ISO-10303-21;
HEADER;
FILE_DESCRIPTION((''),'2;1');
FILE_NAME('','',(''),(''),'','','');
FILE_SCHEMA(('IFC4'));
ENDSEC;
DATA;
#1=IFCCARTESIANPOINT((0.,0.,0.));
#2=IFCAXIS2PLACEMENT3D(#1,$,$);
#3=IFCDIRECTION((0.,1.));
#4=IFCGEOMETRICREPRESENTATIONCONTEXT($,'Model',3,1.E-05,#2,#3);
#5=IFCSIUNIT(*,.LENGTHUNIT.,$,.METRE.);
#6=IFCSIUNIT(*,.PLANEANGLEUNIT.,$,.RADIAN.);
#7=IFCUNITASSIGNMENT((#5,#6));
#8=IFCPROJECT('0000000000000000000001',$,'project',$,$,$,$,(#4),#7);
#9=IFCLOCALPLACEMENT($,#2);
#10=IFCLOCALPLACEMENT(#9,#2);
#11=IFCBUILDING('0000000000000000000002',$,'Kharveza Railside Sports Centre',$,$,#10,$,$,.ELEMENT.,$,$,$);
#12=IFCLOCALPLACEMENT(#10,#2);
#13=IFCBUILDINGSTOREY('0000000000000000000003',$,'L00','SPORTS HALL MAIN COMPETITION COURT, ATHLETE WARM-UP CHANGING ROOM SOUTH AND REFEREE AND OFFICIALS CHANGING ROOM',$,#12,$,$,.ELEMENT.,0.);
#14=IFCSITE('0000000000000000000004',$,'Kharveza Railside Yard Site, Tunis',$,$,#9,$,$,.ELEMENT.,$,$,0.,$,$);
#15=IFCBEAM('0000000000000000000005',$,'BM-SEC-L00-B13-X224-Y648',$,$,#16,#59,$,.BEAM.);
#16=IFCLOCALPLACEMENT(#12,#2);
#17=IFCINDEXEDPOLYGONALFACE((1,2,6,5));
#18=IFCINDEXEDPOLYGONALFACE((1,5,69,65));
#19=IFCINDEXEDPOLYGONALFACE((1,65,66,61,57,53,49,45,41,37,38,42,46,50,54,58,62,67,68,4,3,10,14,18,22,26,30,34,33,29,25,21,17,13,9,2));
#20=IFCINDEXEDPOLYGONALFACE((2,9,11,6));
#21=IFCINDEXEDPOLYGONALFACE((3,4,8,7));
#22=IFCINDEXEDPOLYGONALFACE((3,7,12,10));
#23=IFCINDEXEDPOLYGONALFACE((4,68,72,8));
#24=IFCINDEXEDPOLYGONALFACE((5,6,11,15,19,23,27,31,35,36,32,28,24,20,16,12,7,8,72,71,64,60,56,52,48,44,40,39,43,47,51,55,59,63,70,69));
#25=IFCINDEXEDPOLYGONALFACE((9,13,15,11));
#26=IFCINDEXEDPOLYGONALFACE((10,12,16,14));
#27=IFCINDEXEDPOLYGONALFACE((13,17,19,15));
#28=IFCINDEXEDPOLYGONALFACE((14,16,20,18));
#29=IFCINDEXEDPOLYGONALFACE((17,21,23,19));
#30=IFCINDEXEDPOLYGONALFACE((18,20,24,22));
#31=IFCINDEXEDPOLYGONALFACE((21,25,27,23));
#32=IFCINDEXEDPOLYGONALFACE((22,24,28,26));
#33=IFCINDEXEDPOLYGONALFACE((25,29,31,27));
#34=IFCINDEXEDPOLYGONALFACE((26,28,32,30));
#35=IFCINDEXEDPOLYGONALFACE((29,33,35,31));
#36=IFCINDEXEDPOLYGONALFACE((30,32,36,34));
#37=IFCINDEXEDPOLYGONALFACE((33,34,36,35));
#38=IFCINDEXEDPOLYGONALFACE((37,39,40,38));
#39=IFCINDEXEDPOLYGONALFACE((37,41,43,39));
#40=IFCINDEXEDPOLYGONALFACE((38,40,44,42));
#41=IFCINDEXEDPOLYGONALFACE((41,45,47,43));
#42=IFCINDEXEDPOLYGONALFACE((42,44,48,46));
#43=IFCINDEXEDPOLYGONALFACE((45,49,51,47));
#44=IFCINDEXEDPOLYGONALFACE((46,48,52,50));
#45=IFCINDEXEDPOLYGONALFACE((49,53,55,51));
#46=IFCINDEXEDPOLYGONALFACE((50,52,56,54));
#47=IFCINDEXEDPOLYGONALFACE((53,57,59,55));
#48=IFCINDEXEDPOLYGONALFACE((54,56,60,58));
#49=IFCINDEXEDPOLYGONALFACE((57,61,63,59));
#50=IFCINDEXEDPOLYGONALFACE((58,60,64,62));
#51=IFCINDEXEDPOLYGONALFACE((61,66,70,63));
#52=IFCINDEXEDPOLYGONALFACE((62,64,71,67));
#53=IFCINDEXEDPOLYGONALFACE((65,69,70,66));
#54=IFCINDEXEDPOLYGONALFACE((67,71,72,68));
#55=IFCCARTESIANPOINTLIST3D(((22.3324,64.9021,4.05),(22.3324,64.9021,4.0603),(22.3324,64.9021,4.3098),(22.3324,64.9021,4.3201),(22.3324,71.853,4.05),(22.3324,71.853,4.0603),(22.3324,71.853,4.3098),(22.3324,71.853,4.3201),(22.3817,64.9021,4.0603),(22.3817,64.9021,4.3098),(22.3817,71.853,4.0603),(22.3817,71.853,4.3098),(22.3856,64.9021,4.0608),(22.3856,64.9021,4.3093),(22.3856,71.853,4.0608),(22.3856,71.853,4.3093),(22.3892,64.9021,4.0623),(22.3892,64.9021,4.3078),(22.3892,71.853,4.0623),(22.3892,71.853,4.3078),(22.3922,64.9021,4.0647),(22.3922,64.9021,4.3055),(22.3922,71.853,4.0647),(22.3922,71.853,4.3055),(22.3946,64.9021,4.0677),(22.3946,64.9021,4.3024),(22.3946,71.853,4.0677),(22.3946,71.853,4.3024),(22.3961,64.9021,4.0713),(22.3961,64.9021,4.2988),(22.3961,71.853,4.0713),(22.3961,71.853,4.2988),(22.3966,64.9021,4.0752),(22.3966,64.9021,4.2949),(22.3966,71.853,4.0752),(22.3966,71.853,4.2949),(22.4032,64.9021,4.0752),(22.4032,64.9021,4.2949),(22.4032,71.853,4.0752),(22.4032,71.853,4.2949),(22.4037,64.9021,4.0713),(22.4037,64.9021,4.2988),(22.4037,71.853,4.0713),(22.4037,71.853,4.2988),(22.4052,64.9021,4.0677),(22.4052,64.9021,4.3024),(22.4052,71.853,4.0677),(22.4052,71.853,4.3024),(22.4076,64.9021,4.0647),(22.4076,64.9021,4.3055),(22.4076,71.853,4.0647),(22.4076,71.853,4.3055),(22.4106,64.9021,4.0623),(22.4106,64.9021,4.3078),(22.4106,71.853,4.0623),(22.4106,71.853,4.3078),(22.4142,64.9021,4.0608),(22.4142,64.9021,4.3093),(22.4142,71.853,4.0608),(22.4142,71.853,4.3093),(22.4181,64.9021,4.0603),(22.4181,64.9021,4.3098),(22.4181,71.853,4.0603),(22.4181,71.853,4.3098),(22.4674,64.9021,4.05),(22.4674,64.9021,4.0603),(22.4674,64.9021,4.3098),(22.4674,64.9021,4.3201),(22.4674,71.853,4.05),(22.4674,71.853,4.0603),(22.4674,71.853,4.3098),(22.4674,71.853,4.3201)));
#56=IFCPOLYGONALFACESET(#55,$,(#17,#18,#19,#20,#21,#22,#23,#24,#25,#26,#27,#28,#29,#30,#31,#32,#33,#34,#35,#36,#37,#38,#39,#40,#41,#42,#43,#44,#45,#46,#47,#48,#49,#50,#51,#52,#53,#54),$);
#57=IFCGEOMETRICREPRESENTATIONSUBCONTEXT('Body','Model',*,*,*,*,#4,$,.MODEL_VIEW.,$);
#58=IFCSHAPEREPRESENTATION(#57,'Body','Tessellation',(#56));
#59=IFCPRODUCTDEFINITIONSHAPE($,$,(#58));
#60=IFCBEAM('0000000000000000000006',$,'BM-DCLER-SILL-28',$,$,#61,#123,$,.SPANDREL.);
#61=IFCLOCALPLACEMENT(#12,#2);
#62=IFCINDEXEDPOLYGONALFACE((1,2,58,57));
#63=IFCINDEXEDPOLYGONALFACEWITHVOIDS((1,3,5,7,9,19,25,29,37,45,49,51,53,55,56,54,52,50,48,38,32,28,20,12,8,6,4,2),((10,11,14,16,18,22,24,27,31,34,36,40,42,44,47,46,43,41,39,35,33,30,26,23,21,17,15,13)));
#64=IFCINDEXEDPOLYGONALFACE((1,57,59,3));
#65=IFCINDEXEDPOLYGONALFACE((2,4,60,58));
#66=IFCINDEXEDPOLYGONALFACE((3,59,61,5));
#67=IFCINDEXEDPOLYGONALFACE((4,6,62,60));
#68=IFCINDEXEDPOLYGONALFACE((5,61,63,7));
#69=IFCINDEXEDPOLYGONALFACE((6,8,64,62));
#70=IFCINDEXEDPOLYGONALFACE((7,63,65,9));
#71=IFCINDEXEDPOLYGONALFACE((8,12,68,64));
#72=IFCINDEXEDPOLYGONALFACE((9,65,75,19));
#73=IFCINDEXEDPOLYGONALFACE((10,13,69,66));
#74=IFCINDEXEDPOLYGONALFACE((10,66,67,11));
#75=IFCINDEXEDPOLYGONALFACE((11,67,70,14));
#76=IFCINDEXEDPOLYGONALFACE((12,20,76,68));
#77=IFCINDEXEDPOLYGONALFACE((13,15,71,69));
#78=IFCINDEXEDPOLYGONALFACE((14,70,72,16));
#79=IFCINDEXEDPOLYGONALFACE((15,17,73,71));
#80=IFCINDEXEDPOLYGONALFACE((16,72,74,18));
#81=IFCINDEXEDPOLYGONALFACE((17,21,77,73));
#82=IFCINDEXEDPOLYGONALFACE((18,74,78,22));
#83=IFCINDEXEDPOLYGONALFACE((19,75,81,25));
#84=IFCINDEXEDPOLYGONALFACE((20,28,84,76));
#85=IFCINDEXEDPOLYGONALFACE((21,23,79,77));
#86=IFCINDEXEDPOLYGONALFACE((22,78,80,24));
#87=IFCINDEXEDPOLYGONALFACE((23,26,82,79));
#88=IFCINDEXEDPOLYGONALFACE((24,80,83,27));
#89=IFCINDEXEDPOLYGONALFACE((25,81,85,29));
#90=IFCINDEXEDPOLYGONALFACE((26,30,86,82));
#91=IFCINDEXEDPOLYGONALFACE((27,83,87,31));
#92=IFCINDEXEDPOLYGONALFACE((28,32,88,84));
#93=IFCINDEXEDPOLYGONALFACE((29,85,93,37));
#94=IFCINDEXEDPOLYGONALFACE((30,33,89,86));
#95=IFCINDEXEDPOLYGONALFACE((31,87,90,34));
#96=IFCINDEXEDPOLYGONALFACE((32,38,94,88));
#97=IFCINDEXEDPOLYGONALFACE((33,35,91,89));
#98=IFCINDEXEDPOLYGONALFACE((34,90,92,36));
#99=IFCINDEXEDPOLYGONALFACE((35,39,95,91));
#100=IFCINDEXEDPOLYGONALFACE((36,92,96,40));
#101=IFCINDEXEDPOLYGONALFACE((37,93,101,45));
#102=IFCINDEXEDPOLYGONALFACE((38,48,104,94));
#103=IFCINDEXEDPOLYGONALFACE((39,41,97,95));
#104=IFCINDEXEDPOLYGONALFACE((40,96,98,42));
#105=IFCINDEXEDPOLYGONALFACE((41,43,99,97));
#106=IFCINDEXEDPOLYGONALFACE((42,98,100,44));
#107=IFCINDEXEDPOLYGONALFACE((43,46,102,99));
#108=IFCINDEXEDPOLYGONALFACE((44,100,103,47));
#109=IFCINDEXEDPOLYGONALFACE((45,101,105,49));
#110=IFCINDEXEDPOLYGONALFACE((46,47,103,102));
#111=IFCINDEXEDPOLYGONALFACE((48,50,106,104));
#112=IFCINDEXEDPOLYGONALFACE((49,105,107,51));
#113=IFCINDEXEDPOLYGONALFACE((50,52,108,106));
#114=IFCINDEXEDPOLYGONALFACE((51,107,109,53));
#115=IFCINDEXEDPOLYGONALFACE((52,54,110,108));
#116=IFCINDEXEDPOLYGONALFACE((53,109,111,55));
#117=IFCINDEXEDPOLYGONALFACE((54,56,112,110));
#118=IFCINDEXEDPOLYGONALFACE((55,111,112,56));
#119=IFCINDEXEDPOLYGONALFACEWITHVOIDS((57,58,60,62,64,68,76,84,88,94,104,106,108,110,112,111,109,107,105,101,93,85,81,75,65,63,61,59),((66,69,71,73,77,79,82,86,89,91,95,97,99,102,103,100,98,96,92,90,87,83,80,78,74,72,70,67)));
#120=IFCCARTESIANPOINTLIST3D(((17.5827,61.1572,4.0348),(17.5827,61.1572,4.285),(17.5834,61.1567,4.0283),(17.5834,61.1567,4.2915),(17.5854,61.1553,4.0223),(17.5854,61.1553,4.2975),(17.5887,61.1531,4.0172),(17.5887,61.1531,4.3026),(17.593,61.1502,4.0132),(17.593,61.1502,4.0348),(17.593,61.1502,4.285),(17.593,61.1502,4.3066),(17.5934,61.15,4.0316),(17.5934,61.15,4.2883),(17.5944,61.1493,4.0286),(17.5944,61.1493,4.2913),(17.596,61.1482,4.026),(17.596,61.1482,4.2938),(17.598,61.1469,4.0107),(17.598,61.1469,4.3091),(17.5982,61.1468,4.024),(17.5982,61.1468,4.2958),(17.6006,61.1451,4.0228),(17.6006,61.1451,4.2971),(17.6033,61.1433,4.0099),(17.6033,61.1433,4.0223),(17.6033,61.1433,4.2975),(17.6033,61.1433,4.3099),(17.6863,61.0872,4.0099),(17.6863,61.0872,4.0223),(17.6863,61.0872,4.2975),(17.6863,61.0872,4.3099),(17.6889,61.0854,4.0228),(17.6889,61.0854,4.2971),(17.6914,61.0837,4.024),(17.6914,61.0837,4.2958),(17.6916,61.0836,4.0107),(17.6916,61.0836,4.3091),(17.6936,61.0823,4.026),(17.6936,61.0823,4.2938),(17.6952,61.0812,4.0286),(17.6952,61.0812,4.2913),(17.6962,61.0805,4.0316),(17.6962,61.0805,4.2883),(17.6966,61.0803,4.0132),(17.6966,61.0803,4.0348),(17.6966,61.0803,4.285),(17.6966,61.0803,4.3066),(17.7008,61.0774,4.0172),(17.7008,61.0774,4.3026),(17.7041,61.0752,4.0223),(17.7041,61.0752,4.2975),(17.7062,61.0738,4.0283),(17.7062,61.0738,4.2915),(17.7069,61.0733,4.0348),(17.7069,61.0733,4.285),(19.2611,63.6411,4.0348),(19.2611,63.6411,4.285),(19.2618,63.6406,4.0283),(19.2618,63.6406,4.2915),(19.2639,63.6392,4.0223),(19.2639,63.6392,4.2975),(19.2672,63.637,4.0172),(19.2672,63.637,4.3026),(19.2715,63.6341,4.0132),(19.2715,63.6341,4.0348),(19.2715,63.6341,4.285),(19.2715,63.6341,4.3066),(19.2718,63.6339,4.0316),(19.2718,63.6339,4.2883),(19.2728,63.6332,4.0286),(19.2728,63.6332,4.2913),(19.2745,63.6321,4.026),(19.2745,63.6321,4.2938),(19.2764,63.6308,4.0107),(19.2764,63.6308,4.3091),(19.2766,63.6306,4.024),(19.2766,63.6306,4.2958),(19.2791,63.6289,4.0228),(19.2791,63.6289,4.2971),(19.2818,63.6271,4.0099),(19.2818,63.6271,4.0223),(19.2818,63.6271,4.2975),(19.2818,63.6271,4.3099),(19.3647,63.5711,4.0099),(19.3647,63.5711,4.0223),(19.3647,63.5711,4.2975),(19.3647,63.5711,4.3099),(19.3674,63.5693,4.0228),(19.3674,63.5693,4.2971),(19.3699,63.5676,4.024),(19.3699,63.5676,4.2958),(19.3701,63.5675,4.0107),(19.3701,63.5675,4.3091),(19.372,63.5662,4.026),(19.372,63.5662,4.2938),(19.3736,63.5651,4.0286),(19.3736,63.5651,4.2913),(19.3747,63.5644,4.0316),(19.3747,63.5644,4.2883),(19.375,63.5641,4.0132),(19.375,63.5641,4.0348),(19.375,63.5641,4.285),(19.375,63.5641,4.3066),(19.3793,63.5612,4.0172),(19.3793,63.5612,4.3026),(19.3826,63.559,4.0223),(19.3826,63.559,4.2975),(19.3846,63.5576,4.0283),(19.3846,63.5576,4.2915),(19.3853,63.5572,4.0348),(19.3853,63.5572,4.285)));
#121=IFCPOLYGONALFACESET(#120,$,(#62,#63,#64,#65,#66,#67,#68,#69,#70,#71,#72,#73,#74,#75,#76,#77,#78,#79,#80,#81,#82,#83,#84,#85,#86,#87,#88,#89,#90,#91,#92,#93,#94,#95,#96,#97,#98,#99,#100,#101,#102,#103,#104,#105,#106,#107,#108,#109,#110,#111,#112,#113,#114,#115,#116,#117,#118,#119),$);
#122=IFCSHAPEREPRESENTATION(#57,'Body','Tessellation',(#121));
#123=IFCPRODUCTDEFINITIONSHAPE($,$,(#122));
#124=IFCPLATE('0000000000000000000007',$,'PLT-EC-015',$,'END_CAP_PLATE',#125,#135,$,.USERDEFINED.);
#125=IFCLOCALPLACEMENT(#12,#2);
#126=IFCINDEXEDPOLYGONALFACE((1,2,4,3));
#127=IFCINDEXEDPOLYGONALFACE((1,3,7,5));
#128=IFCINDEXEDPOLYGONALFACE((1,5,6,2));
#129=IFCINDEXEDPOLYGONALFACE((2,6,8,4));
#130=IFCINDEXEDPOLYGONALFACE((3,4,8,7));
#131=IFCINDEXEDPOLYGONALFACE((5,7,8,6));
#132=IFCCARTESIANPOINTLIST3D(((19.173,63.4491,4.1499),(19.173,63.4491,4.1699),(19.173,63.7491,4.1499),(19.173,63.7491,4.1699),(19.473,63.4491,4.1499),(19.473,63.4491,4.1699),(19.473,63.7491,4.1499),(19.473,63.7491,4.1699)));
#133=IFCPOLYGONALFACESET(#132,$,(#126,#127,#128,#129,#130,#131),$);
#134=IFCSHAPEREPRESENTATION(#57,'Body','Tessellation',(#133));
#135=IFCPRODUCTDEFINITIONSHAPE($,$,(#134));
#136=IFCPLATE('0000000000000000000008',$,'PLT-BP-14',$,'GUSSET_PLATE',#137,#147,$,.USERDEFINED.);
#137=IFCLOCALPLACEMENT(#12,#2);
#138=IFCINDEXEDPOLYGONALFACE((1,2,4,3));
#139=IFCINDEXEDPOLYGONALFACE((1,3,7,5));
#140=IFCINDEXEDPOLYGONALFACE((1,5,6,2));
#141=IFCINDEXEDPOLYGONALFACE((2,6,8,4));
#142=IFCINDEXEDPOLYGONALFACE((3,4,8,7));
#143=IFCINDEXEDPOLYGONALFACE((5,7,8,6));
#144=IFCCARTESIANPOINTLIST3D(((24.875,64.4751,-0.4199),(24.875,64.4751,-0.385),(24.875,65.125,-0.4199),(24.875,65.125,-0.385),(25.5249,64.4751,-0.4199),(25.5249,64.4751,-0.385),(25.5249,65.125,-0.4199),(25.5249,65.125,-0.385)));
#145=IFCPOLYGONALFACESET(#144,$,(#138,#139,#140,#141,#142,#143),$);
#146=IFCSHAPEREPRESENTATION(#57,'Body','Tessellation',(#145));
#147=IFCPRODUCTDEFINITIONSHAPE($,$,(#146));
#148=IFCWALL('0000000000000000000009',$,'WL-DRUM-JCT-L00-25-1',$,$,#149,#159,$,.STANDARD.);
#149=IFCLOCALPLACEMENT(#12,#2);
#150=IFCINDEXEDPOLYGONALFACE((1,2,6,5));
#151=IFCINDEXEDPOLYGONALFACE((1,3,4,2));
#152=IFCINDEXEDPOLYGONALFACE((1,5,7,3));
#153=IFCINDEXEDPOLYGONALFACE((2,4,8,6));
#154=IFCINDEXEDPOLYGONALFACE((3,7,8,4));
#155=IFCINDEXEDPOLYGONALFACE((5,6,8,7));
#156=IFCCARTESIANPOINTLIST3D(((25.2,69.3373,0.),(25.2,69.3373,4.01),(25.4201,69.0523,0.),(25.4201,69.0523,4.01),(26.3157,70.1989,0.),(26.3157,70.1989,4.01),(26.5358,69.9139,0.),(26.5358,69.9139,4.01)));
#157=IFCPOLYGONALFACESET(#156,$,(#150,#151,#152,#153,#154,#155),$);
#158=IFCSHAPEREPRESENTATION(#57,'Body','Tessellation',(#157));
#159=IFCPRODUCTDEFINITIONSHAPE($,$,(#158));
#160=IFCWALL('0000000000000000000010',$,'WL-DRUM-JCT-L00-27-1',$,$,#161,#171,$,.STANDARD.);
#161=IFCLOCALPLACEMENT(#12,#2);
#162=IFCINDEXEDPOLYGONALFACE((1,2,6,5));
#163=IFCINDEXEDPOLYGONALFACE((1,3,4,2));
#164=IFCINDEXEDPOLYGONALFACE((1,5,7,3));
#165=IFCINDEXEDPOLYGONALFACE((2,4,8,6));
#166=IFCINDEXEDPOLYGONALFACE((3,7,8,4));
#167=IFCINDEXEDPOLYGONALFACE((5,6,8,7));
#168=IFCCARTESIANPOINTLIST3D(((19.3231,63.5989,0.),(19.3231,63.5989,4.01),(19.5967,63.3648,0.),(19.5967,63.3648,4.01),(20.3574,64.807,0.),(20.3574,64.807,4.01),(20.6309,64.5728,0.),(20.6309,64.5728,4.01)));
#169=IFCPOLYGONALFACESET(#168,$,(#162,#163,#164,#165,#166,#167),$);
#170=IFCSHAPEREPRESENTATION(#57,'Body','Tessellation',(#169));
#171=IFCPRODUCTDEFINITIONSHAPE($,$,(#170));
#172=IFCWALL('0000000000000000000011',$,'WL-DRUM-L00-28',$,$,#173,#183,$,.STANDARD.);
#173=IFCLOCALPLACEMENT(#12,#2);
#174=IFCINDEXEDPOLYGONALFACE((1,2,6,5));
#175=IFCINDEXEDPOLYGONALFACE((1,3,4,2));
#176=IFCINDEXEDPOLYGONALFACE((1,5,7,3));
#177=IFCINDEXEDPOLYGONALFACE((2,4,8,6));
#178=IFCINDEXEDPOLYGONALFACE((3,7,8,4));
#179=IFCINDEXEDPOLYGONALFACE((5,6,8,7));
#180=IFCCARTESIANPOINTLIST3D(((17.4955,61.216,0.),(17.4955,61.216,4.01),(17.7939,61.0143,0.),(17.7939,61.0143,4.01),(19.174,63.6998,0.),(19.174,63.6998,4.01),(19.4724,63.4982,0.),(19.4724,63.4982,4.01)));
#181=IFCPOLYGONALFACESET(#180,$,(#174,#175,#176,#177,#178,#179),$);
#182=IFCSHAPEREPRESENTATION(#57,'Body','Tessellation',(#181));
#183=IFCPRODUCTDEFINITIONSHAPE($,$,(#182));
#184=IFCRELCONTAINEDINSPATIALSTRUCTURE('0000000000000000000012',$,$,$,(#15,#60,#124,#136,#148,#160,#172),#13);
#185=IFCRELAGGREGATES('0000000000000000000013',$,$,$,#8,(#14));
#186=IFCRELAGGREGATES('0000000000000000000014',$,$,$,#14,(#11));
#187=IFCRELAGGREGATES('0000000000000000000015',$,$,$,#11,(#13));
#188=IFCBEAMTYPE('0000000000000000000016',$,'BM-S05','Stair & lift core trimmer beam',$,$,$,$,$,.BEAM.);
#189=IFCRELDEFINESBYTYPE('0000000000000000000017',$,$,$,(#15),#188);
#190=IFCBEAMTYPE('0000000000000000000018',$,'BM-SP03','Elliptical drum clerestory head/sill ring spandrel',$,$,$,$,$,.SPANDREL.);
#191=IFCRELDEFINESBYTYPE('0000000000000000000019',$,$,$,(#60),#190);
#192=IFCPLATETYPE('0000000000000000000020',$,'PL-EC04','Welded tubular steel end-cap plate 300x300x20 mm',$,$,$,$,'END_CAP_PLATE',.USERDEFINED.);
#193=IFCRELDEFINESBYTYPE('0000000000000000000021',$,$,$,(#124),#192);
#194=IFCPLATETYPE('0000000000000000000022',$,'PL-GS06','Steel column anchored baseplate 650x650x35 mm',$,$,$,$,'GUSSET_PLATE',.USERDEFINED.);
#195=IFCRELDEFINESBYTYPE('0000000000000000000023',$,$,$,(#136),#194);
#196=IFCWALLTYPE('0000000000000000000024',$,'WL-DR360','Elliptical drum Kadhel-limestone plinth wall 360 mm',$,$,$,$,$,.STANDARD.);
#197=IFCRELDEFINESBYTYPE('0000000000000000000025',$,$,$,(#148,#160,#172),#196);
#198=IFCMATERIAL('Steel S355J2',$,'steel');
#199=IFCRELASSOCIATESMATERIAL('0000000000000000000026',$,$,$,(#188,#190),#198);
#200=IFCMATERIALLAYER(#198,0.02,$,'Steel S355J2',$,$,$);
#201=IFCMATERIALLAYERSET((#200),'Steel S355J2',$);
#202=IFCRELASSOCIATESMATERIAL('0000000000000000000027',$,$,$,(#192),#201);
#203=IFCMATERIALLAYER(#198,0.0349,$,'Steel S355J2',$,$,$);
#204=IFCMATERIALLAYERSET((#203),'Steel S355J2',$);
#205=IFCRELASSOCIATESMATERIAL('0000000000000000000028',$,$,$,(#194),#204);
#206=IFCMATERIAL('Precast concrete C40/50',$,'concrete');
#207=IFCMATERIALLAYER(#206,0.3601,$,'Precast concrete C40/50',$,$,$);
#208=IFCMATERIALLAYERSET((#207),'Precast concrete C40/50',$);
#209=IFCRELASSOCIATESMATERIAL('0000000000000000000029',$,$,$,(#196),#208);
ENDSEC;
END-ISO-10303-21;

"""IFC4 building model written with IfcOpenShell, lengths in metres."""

from ifc_helpers import new_model, si_unit, direction, frame, frame_2d, origin, origin_2d, place, context, subcontext, project, spatial, rectangle, hollow_rectangle, i_section, extrude, material, layer, layer_set, material_profile, profile_set, type_object, element, save


model = new_model("IFC4")

# Units and contexts
model_context = context("Model", 3, precision=1e-05, world=origin(), true_north=direction((0.0, 1.0)))
body_context = subcontext(model_context, "Body", "Model", "MODEL_VIEW")
ifc_project = project(units=[si_unit("LENGTHUNIT", "METRE"), si_unit("PLANEANGLEUNIT", "RADIAN")], contexts=[model_context])

# Site, building, storey
site_placement = place(None, origin())
site = spatial("IfcSite", under=ifc_project, at=site_placement, Name="Kharveza Railside Yard Site, Tunis", CompositionType="ELEMENT", RefElevation=0.0)
building_placement = place(site_placement, origin())
building = spatial("IfcBuilding", under=site, at=building_placement, Name="Kharveza Railside Sports Centre", CompositionType="ELEMENT")
storey_placement = place(building_placement, origin())
storey = spatial("IfcBuildingStorey", under=building, at=storey_placement, Name="L00", Description="SPORTS HALL MAIN COMPETITION COURT, ATHLETE WARM-UP CHANGING ROOM SOUTH AND REFEREE AND OFFICIALS CHANGING ROOM", CompositionType="ELEMENT", Elevation=0.0)

# Shared definitions
ifc_material_1 = material(Name="Steel S355J2", Category="steel")

# Beams
ifc_material_profile_1 = material_profile(ifc_material_1, i_section(OverallWidth=0.135, OverallDepth=0.27, WebThickness=0.0066, FlangeThickness=0.0103, FilletRadius=0.0149, at=origin_2d()), Name="IPE 270")
ifc_profile_set_1 = profile_set([ifc_material_profile_1], Name="Steel S355J2")
beam_type_1 = type_object("IfcBeamType", Name="BM-S05", Description="Stair & lift core trimmer beam", PredefinedType="BEAM", material=ifc_profile_set_1)
beam_1_placement = place(storey_placement, frame((22.3999, 64.9021, 4.1851), z_axis=(0.0, 1.0, 0.0), x_axis=(-1.0, 0.0, 0.0)))
element("IfcBeam", 1, at=beam_1_placement, inside=storey, type_object=beam_type_1, Name="BM-SEC-L00-B13-X224-Y648", PredefinedType="BEAM", context=body_context, shape_type="SweptSolid", body=[
    extrude(i_section(OverallWidth=0.135, OverallDepth=0.27, WebThickness=0.0066, FlangeThickness=0.0103, FilletRadius=0.0149, at=origin_2d()), origin(), (0.0, 0.0, 1.0), 6.9509),
])
ifc_material_profile_2 = material_profile(ifc_material_1, hollow_rectangle(XDim=0.1499, YDim=0.3, WallThickness=0.0125, InnerFilletRadius=0.0125, OuterFilletRadius=0.0249, at=origin_2d()), Name="RHS 150x300x12.5")
ifc_profile_set_2 = profile_set([ifc_material_profile_2], Name="Steel S355J2")
beam_type_2 = type_object("IfcBeamType", Name="BM-SP03", Description="Elliptical drum clerestory head/sill ring spandrel", PredefinedType="SPANDREL", material=ifc_profile_set_2)
beam_2_placement = place(storey_placement, frame((19.3232, 63.5991, 4.1599), z_axis=(-0.559895, -0.828563, 0.0), x_axis=(0.828563, -0.559895, 0.0)))
element("IfcBeam", 2, at=beam_2_placement, inside=storey, type_object=beam_type_2, Name="BM-DCLER-SILL-28", PredefinedType="SPANDREL", context=body_context, shape_type="SweptSolid", body=[
    extrude(hollow_rectangle(XDim=0.1499, YDim=0.3, WallThickness=0.0125, InnerFilletRadius=0.0125, OuterFilletRadius=0.0249, at=origin_2d()), origin(), (0.0, 0.0, 1.0), 2.9978),
])

# Plates
ifc_layer_1 = layer(ifc_material_1, 0.02, Name="Steel S355J2")
ifc_layer_set_1 = layer_set([ifc_layer_1], Name="Steel S355J2")
plate_type_1 = type_object("IfcPlateType", Name="PL-EC04", Description="Welded tubular steel end-cap plate 300x300x20 mm", ElementType="END_CAP_PLATE", PredefinedType="USERDEFINED", material=ifc_layer_set_1)
plate_1_placement = place(storey_placement, frame((19.323, 63.5991, 4.1499), z_axis=(0.0, 0.0, 1.0), x_axis=(1.0, 0.0, 0.0)))
element("IfcPlate", 3, at=plate_1_placement, inside=storey, type_object=plate_type_1, Name="PLT-EC-015", ObjectType="END_CAP_PLATE", PredefinedType="USERDEFINED", context=body_context, shape_type="SweptSolid", body=[
    extrude(rectangle(XDim=0.3, YDim=0.3, at=origin_2d()), origin(), (0.0, 0.0, 1.0), 0.02),
])
ifc_layer_2 = layer(ifc_material_1, 0.0349, Name="Steel S355J2")
ifc_layer_set_2 = layer_set([ifc_layer_2], Name="Steel S355J2")
plate_type_2 = type_object("IfcPlateType", Name="PL-GS06", Description="Steel column anchored baseplate 650x650x35 mm", ElementType="GUSSET_PLATE", PredefinedType="USERDEFINED", material=ifc_layer_set_2)
plate_2_placement = place(storey_placement, frame((25.2, 64.8, -0.4199), z_axis=(0.0, 0.0, 1.0), x_axis=(1.0, 0.0, 0.0)))
element("IfcPlate", 4, at=plate_2_placement, inside=storey, type_object=plate_type_2, Name="PLT-BP-14", ObjectType="GUSSET_PLATE", PredefinedType="USERDEFINED", context=body_context, shape_type="SweptSolid", body=[
    extrude(rectangle(XDim=0.6499, YDim=0.6499, at=origin_2d()), origin(), (0.0, 0.0, 1.0), 0.0349),
])

# Walls
ifc_material_2 = material(Name="Precast concrete C40/50", Category="concrete")
ifc_layer_3 = layer(ifc_material_2, 0.3601, Name="Precast concrete C40/50")
ifc_layer_set_3 = layer_set([ifc_layer_3], Name="Precast concrete C40/50")
wall_type_1 = type_object("IfcWallType", Name="WL-DR360", Description="Elliptical drum Kadhel-limestone plinth wall 360 mm", PredefinedType="STANDARD", material=ifc_layer_set_3)
wall_1_placement = place(storey_placement, frame((26.4258, 70.0564, 0.0), z_axis=(0.0, 0.0, 1.0), x_axis=(-0.791483, -0.611191, 0.0)))
element("IfcWall", 5, at=wall_1_placement, inside=storey, type_object=wall_type_1, Name="WL-DRUM-JCT-L00-25-1", PredefinedType="STANDARD", context=body_context, shape_type="SweptSolid", body=[
    extrude(rectangle(XDim=1.4097, YDim=0.3601, at=frame_2d((0.7048, 0.0))), origin(), (0.0, 0.0, 1.0), 4.01),
])
wall_2_placement = place(storey_placement, frame((20.4941, 64.6899, 0.0), z_axis=(0.0, 0.0, 1.0), x_axis=(-0.650336, -0.759647, 0.0)))
element("IfcWall", 6, at=wall_2_placement, inside=storey, type_object=wall_type_1, Name="WL-DRUM-JCT-L00-27-1", PredefinedType="STANDARD", context=body_context, shape_type="SweptSolid", body=[
    extrude(rectangle(XDim=1.5903, YDim=0.3601, at=frame_2d((0.7952, 0.0))), origin(), (0.0, 0.0, 1.0), 4.01),
])
wall_3_placement = place(storey_placement, frame((19.3232, 63.5991, 0.0), z_axis=(0.0, 0.0, 1.0), x_axis=(-0.559895, -0.828563, 0.0)))
element("IfcWall", 7, at=wall_3_placement, inside=storey, type_object=wall_type_1, Name="WL-DRUM-L00-28", PredefinedType="STANDARD", context=body_context, shape_type="SweptSolid", body=[
    extrude(rectangle(XDim=2.9978, YDim=0.3601, at=frame_2d((1.499, 0.0))), origin(), (0.0, 0.0, 1.0), 4.01),
])

save(model, "model.ifc")
